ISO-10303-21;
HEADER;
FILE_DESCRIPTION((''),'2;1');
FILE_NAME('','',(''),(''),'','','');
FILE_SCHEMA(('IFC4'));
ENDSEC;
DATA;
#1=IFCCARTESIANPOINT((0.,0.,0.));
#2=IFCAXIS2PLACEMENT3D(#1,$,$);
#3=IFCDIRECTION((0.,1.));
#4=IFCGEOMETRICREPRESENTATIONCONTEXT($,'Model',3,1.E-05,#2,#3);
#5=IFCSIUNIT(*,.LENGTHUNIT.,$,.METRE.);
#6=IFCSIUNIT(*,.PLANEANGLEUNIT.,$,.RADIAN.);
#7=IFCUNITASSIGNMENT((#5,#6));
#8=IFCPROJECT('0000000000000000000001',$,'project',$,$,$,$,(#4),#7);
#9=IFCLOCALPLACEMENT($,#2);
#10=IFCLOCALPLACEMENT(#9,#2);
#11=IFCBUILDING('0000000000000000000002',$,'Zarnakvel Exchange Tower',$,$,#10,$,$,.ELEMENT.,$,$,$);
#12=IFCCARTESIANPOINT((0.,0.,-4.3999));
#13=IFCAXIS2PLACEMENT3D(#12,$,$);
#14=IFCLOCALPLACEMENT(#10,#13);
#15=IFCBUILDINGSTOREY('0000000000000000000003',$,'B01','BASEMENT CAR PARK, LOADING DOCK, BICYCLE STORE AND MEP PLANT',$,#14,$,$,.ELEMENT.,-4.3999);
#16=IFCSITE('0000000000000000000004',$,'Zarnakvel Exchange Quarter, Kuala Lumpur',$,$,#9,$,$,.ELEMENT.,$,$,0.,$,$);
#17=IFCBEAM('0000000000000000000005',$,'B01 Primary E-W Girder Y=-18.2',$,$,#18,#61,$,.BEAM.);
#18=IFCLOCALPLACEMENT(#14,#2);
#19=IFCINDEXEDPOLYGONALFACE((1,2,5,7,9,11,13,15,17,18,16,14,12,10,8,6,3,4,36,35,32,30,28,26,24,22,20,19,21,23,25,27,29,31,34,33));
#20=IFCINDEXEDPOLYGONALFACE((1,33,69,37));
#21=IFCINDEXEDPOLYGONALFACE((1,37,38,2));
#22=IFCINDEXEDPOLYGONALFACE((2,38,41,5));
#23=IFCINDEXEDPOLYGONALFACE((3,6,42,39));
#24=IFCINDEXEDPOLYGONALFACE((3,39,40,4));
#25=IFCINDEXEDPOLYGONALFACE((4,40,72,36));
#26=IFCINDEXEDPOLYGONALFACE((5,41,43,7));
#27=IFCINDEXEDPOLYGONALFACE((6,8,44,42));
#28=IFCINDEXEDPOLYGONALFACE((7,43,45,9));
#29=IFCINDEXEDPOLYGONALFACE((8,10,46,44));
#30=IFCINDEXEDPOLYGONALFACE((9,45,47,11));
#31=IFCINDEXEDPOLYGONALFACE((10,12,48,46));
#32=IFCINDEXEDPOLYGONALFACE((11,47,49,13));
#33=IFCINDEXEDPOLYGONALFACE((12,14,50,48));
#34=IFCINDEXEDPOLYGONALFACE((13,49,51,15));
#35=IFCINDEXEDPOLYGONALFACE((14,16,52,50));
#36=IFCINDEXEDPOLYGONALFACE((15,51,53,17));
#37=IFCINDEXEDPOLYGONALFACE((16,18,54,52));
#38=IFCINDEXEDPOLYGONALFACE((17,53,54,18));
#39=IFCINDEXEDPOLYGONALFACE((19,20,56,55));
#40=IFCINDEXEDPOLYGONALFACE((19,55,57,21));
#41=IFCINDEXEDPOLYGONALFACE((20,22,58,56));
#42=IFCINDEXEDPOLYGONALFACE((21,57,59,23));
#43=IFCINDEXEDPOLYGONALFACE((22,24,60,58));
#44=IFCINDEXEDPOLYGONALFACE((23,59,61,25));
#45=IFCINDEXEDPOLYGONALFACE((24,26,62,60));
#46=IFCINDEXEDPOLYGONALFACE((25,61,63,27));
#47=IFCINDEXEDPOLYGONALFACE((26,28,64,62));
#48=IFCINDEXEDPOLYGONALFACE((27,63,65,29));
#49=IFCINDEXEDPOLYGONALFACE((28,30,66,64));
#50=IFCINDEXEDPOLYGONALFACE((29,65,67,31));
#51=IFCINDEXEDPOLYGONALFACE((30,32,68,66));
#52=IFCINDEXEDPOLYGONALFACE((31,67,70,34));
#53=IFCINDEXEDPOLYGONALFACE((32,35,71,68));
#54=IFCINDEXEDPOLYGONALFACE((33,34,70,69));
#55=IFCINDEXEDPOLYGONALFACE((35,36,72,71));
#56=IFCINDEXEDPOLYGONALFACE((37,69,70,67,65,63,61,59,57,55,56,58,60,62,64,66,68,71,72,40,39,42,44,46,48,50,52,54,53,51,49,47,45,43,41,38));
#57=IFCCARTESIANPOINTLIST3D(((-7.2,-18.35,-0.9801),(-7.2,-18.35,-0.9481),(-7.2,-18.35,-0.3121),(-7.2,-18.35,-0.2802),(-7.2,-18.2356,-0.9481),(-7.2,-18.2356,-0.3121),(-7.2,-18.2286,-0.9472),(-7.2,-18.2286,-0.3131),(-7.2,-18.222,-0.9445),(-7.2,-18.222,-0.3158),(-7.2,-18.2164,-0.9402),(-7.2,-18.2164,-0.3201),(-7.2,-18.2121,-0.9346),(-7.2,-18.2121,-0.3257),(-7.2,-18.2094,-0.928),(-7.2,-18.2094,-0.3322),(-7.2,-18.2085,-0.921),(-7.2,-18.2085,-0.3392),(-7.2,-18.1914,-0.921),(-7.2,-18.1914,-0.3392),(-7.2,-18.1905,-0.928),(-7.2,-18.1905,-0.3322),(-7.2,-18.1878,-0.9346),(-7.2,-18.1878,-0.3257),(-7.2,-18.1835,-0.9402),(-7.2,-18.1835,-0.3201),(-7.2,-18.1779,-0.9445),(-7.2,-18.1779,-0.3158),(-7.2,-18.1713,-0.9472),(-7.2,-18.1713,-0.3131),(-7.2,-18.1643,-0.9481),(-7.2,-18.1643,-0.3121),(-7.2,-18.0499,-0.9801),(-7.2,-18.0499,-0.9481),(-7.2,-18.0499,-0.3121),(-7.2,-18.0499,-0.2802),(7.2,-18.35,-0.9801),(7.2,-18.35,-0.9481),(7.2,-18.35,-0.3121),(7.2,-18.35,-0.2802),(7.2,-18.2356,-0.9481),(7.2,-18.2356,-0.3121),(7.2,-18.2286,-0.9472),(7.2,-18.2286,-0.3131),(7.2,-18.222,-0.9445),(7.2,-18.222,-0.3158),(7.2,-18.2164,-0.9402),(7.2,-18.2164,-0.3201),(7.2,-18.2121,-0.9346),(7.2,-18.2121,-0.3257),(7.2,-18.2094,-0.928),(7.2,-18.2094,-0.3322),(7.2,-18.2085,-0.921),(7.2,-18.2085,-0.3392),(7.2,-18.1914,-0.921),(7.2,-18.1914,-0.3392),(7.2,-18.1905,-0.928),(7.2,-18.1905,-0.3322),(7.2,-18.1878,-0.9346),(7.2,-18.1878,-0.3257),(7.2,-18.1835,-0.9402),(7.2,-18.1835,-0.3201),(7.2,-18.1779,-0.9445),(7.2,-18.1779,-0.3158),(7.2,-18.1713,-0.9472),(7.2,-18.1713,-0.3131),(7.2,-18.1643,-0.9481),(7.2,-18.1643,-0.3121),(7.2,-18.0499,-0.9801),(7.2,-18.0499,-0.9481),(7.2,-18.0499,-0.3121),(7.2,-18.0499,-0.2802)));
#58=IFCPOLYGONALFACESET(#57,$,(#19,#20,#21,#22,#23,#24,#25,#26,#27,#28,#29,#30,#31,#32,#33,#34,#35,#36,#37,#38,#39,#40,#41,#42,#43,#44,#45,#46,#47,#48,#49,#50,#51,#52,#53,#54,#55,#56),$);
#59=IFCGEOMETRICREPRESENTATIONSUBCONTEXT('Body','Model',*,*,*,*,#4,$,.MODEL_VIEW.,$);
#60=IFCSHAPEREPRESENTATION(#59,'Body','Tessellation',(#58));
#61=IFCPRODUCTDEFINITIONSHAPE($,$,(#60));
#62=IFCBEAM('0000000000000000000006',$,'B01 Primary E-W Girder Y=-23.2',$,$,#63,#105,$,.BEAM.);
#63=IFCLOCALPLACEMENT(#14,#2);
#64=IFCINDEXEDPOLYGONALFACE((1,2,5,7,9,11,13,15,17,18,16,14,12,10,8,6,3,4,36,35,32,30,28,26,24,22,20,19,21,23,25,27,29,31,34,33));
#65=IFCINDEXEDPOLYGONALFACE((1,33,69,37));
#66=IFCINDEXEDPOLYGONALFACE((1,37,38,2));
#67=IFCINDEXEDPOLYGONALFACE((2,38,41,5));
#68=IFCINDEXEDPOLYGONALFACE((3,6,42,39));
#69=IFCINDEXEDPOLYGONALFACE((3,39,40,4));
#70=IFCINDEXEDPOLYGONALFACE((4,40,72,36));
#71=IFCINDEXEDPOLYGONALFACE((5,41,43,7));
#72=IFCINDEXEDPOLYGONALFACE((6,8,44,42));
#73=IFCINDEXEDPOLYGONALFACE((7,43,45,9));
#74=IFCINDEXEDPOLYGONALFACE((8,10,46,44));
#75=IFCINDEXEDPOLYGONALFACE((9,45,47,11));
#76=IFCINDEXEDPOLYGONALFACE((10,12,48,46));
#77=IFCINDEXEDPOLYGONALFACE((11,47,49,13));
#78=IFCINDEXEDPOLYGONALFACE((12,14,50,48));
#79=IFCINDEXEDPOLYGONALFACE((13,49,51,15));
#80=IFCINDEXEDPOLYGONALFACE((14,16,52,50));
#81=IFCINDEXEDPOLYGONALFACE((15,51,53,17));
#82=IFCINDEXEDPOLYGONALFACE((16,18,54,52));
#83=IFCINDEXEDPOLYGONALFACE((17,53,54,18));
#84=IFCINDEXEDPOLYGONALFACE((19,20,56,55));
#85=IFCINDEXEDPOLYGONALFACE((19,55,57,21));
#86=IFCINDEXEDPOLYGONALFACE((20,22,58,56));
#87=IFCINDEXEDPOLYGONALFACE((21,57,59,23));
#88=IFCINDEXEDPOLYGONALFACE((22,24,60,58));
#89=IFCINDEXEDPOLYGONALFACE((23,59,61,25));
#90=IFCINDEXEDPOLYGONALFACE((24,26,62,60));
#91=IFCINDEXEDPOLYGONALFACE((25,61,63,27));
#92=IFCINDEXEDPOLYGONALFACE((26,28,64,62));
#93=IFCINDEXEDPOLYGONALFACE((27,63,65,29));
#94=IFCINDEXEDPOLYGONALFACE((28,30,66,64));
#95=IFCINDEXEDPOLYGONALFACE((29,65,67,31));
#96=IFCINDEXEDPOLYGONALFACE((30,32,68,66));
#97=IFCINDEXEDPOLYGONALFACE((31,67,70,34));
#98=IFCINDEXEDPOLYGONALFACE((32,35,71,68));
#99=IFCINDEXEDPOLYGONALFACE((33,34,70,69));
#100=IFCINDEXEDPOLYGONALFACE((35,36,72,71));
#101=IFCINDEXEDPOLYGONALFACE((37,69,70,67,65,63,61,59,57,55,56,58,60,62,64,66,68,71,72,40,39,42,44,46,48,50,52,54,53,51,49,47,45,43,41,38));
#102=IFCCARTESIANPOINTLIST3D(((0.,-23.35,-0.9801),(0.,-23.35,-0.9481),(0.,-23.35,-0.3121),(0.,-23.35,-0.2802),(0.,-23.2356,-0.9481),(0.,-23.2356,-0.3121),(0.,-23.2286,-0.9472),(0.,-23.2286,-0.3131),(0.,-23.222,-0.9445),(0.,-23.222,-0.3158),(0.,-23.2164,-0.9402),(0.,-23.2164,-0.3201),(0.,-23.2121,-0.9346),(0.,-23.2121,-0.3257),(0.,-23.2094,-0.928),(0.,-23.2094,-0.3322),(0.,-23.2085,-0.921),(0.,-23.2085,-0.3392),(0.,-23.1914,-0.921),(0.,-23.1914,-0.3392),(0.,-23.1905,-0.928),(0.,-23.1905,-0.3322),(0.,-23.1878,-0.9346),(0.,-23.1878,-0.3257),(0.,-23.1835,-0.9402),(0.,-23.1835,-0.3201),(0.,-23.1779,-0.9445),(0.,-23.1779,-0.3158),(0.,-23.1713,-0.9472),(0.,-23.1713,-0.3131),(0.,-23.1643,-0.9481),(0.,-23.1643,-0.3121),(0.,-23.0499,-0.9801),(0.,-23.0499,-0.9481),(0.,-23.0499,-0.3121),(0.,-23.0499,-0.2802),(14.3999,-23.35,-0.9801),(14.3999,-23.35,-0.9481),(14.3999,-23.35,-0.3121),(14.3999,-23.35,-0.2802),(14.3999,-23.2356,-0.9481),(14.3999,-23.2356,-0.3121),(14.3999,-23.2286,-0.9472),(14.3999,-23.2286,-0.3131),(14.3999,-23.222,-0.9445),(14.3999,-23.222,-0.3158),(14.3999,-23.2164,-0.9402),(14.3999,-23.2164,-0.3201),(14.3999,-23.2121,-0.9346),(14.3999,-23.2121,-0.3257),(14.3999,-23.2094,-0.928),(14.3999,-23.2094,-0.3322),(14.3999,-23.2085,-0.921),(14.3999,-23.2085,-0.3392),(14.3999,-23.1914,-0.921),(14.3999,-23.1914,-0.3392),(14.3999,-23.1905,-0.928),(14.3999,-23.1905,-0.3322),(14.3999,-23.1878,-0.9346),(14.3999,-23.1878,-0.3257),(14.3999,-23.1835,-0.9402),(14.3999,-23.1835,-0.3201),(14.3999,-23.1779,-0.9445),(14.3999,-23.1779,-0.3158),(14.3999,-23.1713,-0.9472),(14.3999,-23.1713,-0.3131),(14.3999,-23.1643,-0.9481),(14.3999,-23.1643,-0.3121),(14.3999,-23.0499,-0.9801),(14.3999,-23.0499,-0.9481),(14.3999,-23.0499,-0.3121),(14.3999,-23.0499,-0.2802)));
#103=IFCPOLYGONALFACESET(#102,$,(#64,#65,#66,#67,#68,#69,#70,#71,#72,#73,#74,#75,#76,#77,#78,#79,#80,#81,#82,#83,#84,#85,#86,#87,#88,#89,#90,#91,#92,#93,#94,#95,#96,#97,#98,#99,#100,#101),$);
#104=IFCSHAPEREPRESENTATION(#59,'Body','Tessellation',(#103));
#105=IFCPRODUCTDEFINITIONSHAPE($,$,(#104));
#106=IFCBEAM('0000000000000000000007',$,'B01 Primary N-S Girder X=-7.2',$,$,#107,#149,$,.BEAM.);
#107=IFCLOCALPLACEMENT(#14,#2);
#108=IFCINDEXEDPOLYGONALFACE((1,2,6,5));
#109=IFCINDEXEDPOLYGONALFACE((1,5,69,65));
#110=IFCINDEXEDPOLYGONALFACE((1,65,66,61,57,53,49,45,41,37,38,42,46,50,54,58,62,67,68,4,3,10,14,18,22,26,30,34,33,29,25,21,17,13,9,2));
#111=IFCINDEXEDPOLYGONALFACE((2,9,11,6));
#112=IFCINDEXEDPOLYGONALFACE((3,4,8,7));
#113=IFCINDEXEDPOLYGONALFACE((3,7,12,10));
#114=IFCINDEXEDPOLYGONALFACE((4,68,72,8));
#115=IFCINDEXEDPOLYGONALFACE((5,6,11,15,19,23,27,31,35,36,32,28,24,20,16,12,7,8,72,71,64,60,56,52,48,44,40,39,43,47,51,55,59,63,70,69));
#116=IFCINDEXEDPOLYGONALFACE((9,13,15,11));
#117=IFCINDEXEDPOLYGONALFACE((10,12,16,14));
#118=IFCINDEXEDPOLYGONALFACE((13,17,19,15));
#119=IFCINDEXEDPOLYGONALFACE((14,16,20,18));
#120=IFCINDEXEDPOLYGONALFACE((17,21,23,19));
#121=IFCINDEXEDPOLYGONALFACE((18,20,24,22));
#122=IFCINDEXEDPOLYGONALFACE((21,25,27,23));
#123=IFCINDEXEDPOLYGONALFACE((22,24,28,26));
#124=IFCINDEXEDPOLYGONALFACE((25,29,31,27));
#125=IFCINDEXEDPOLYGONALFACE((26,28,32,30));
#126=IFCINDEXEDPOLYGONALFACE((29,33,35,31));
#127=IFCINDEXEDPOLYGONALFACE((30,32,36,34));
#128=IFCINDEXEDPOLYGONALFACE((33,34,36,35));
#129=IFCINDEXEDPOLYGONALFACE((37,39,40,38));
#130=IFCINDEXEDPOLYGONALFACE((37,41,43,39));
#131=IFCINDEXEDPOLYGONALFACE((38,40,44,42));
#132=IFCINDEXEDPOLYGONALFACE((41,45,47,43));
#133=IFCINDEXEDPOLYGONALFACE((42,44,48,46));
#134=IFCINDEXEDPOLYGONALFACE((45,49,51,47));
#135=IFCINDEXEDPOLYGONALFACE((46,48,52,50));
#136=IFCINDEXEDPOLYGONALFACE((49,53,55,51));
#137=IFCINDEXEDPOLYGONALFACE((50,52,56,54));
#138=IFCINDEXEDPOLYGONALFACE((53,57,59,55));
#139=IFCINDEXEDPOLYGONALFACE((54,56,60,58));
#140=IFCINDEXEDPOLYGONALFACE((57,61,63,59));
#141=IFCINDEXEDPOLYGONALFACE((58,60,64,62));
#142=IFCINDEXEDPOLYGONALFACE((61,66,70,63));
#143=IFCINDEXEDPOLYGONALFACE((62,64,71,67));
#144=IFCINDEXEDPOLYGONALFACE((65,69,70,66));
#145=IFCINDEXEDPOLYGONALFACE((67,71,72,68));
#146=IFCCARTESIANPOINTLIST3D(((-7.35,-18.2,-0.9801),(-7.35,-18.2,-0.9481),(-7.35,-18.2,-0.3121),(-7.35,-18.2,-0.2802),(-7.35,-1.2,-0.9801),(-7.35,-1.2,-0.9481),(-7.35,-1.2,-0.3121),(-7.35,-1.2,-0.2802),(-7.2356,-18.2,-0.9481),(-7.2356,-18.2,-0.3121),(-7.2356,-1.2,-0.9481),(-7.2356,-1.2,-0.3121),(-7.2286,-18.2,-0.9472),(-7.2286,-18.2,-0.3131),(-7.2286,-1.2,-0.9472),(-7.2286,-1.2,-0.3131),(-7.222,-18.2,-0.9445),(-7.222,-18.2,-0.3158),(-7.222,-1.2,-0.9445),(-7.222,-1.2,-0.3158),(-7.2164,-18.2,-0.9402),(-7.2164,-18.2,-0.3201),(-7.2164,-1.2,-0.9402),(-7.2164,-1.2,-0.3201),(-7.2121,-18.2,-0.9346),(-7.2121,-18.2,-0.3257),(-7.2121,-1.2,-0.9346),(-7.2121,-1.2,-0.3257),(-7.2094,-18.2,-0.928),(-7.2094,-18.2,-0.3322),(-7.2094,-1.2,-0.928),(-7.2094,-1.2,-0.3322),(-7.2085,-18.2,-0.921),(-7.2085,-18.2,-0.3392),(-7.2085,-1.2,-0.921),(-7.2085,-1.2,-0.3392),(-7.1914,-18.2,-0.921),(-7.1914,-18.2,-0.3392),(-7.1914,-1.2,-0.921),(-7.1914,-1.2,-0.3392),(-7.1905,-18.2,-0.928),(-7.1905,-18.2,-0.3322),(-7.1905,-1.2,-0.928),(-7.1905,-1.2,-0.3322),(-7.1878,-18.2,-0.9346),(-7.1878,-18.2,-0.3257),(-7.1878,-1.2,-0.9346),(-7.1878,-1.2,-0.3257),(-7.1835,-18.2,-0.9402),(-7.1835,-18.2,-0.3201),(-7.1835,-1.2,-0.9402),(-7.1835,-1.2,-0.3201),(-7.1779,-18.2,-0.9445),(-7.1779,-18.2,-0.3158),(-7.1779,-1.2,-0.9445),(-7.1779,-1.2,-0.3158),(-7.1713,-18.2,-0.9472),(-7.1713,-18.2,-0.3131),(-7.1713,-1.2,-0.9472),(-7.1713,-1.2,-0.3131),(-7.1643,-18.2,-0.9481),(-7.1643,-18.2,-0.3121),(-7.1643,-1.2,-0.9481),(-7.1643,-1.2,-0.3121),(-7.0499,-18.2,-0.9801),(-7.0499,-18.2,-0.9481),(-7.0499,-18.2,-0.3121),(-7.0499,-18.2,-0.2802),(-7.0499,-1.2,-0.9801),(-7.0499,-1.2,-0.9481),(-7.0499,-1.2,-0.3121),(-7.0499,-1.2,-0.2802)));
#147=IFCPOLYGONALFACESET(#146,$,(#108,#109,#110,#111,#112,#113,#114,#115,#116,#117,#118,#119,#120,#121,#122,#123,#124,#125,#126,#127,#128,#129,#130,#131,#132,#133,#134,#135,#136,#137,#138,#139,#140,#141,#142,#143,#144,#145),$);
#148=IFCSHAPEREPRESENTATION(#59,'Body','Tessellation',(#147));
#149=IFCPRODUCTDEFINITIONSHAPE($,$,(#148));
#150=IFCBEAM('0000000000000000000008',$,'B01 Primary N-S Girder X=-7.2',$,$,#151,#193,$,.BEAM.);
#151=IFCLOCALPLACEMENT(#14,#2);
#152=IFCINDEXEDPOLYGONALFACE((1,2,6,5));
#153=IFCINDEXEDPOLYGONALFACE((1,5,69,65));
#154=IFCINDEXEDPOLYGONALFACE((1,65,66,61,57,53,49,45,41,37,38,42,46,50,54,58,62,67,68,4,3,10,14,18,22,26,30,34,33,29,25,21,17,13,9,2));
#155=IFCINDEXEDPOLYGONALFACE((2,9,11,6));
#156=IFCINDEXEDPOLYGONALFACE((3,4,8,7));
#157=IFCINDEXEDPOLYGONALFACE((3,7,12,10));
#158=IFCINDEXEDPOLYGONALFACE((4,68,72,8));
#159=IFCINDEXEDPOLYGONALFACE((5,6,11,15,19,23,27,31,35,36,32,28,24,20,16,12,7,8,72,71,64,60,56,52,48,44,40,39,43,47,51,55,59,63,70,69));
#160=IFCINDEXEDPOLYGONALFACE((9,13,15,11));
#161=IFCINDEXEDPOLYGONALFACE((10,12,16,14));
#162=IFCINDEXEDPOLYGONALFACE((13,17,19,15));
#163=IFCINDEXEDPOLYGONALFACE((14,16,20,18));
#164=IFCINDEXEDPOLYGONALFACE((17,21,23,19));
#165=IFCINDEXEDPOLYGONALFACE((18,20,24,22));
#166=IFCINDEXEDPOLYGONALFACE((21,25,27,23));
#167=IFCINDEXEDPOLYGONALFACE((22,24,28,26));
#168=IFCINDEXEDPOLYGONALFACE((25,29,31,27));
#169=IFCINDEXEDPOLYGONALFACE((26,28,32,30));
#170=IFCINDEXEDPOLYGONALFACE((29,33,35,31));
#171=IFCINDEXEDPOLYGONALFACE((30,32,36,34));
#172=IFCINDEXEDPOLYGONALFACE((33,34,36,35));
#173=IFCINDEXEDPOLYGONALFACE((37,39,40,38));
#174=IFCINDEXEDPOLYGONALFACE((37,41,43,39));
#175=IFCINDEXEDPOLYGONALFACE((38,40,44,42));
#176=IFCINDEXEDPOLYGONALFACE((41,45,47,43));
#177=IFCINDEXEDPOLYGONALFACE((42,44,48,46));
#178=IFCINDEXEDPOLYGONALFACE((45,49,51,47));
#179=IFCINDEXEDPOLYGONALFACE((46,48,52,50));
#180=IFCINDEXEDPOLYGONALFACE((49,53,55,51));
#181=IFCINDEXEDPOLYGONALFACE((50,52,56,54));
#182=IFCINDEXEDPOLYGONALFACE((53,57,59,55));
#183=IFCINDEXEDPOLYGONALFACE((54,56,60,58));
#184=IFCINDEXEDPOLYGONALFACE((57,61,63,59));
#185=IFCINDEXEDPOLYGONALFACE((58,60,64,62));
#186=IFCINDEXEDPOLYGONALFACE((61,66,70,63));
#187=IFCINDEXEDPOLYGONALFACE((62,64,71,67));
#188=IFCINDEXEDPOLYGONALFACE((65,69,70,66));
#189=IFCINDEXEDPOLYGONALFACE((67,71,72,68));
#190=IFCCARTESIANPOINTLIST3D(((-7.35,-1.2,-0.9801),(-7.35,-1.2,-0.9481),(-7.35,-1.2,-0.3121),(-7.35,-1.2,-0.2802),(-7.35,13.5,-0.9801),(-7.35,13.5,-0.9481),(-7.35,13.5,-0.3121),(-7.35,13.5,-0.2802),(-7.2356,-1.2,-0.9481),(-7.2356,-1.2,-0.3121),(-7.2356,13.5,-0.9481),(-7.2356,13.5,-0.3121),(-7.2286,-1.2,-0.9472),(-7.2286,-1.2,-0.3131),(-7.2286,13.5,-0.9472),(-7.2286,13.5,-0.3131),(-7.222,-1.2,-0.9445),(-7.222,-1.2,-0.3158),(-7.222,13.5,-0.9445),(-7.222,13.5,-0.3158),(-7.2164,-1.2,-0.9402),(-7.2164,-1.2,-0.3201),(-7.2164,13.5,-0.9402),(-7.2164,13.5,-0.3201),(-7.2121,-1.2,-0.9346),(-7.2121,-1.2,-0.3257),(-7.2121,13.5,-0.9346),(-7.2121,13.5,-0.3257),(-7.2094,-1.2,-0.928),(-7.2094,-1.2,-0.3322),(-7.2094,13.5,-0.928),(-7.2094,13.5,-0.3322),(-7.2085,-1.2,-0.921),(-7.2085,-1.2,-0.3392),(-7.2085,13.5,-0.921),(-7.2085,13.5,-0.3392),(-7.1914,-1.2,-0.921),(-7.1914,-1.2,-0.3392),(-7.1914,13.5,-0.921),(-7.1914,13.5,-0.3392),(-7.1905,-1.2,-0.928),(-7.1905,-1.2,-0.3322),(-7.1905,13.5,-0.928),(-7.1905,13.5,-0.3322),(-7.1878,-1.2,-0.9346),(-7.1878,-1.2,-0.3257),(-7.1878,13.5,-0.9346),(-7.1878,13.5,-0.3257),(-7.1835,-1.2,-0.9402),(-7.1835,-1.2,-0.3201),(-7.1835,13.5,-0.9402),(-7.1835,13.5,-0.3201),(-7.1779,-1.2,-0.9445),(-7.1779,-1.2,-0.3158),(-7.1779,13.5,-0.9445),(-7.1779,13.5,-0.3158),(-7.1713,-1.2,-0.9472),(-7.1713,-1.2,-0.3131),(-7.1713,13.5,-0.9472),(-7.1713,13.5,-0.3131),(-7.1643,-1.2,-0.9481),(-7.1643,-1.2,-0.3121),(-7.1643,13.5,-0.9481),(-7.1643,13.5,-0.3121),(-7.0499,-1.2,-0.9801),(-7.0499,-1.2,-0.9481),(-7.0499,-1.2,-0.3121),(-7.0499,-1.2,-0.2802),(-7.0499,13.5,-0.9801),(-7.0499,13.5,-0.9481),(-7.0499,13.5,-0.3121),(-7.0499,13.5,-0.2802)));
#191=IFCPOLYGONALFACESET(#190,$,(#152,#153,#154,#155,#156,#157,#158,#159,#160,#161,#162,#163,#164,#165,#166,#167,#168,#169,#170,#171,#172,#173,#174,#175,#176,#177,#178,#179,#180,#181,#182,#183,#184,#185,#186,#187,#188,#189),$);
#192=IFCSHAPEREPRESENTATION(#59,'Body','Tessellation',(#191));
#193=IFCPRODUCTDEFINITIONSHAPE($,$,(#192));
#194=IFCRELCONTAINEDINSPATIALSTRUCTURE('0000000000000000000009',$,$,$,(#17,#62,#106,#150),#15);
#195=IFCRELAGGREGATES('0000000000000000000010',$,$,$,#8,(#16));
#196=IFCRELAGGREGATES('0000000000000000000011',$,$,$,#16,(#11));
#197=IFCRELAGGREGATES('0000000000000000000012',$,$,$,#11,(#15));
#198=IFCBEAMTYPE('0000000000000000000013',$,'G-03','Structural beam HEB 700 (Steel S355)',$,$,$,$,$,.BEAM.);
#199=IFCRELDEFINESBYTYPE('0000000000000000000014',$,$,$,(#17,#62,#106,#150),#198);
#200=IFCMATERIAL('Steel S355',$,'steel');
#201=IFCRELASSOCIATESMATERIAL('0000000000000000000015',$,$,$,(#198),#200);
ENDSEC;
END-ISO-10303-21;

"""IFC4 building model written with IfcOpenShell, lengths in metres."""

from ifc_helpers import new_model, si_unit, direction, frame, origin, origin_2d, place, context, subcontext, project, spatial, i_section, extrude, material, material_profile, profile_set, type_object, element, save


model = new_model("IFC4")

# Units and contexts
model_context = context("Model", 3, precision=1e-05, world=origin(), true_north=direction((0.0, 1.0)))
body_context = subcontext(model_context, "Body", "Model", "MODEL_VIEW")
ifc_project = project(units=[si_unit("LENGTHUNIT", "METRE"), si_unit("PLANEANGLEUNIT", "RADIAN")], contexts=[model_context])

# Site, building, storey
site_placement = place(None, origin())
site = spatial("IfcSite", under=ifc_project, at=site_placement, Name="Zarnakvel Exchange Quarter, Kuala Lumpur", CompositionType="ELEMENT", RefElevation=0.0)
building_placement = place(site_placement, origin())
building = spatial("IfcBuilding", under=site, at=building_placement, Name="Zarnakvel Exchange Tower", CompositionType="ELEMENT")
storey_placement = place(building_placement, frame((0.0, 0.0, -4.3999)))
storey = spatial("IfcBuildingStorey", under=building, at=storey_placement, Name="B01", Description="BASEMENT CAR PARK, LOADING DOCK, BICYCLE STORE AND MEP PLANT", CompositionType="ELEMENT", Elevation=-4.3999)

# Beams
ifc_material_1 = material(Name="Steel S355", Category="steel")
ifc_material_profile_1 = material_profile(ifc_material_1, i_section(OverallWidth=0.3, OverallDepth=0.7, WebThickness=0.0171, FlangeThickness=0.032, FilletRadius=0.0271, at=origin_2d()))
ifc_profile_set_1 = profile_set([ifc_material_profile_1], Name="Steel S355")
beam_type_1 = type_object("IfcBeamType", Name="G-03", Description="Structural beam HEB 700 (Steel S355)", PredefinedType="BEAM", material=ifc_profile_set_1)
for number, where, z_axis, x_axis, name in (
    (1, (-7.2, -18.2, -0.6301), (1.0, 0.0, 0.0), (0.0, 1.0, 0.0), "B01 Primary E-W Girder Y=-18.2"),
    (2, (0.0, -23.2, -0.6301), (1.0, 0.0, 0.0), (0.0, 1.0, 0.0), "B01 Primary E-W Girder Y=-23.2"),
):
    element("IfcBeam", number, at=place(storey_placement, frame(where, z_axis=z_axis, x_axis=x_axis)), inside=storey, type_object=beam_type_1, Name=name, PredefinedType="BEAM", context=body_context, shape_type="SweptSolid", body=[
        extrude(i_section(OverallWidth=0.3, OverallDepth=0.7, WebThickness=0.0171, FlangeThickness=0.032, FilletRadius=0.0271, at=origin_2d()), origin(), (0.0, 0.0, 1.0), 14.3999),
    ])
beam_1_placement = place(storey_placement, frame((-7.2, -18.2, -0.6301), z_axis=(0.0, 1.0, 0.0), x_axis=(-1.0, 0.0, 0.0)))
element("IfcBeam", 3, at=beam_1_placement, inside=storey, type_object=beam_type_1, Name="B01 Primary N-S Girder X=-7.2", PredefinedType="BEAM", context=body_context, shape_type="SweptSolid", body=[
    extrude(i_section(OverallWidth=0.3, OverallDepth=0.7, WebThickness=0.0171, FlangeThickness=0.032, FilletRadius=0.0271, at=origin_2d()), origin(), (0.0, 0.0, 1.0), 17.0),
])
beam_2_placement = place(storey_placement, frame((-7.2, -1.2, -0.6301), z_axis=(0.0, 1.0, 0.0), x_axis=(-1.0, 0.0, 0.0)))
element("IfcBeam", 4, at=beam_2_placement, inside=storey, type_object=beam_type_1, Name="B01 Primary N-S Girder X=-7.2", PredefinedType="BEAM", context=body_context, shape_type="SweptSolid", body=[
    extrude(i_section(OverallWidth=0.3, OverallDepth=0.7, WebThickness=0.0171, FlangeThickness=0.032, FilletRadius=0.0271, at=origin_2d()), origin(), (0.0, 0.0, 1.0), 14.7),
])

save(model, "model.ifc")
